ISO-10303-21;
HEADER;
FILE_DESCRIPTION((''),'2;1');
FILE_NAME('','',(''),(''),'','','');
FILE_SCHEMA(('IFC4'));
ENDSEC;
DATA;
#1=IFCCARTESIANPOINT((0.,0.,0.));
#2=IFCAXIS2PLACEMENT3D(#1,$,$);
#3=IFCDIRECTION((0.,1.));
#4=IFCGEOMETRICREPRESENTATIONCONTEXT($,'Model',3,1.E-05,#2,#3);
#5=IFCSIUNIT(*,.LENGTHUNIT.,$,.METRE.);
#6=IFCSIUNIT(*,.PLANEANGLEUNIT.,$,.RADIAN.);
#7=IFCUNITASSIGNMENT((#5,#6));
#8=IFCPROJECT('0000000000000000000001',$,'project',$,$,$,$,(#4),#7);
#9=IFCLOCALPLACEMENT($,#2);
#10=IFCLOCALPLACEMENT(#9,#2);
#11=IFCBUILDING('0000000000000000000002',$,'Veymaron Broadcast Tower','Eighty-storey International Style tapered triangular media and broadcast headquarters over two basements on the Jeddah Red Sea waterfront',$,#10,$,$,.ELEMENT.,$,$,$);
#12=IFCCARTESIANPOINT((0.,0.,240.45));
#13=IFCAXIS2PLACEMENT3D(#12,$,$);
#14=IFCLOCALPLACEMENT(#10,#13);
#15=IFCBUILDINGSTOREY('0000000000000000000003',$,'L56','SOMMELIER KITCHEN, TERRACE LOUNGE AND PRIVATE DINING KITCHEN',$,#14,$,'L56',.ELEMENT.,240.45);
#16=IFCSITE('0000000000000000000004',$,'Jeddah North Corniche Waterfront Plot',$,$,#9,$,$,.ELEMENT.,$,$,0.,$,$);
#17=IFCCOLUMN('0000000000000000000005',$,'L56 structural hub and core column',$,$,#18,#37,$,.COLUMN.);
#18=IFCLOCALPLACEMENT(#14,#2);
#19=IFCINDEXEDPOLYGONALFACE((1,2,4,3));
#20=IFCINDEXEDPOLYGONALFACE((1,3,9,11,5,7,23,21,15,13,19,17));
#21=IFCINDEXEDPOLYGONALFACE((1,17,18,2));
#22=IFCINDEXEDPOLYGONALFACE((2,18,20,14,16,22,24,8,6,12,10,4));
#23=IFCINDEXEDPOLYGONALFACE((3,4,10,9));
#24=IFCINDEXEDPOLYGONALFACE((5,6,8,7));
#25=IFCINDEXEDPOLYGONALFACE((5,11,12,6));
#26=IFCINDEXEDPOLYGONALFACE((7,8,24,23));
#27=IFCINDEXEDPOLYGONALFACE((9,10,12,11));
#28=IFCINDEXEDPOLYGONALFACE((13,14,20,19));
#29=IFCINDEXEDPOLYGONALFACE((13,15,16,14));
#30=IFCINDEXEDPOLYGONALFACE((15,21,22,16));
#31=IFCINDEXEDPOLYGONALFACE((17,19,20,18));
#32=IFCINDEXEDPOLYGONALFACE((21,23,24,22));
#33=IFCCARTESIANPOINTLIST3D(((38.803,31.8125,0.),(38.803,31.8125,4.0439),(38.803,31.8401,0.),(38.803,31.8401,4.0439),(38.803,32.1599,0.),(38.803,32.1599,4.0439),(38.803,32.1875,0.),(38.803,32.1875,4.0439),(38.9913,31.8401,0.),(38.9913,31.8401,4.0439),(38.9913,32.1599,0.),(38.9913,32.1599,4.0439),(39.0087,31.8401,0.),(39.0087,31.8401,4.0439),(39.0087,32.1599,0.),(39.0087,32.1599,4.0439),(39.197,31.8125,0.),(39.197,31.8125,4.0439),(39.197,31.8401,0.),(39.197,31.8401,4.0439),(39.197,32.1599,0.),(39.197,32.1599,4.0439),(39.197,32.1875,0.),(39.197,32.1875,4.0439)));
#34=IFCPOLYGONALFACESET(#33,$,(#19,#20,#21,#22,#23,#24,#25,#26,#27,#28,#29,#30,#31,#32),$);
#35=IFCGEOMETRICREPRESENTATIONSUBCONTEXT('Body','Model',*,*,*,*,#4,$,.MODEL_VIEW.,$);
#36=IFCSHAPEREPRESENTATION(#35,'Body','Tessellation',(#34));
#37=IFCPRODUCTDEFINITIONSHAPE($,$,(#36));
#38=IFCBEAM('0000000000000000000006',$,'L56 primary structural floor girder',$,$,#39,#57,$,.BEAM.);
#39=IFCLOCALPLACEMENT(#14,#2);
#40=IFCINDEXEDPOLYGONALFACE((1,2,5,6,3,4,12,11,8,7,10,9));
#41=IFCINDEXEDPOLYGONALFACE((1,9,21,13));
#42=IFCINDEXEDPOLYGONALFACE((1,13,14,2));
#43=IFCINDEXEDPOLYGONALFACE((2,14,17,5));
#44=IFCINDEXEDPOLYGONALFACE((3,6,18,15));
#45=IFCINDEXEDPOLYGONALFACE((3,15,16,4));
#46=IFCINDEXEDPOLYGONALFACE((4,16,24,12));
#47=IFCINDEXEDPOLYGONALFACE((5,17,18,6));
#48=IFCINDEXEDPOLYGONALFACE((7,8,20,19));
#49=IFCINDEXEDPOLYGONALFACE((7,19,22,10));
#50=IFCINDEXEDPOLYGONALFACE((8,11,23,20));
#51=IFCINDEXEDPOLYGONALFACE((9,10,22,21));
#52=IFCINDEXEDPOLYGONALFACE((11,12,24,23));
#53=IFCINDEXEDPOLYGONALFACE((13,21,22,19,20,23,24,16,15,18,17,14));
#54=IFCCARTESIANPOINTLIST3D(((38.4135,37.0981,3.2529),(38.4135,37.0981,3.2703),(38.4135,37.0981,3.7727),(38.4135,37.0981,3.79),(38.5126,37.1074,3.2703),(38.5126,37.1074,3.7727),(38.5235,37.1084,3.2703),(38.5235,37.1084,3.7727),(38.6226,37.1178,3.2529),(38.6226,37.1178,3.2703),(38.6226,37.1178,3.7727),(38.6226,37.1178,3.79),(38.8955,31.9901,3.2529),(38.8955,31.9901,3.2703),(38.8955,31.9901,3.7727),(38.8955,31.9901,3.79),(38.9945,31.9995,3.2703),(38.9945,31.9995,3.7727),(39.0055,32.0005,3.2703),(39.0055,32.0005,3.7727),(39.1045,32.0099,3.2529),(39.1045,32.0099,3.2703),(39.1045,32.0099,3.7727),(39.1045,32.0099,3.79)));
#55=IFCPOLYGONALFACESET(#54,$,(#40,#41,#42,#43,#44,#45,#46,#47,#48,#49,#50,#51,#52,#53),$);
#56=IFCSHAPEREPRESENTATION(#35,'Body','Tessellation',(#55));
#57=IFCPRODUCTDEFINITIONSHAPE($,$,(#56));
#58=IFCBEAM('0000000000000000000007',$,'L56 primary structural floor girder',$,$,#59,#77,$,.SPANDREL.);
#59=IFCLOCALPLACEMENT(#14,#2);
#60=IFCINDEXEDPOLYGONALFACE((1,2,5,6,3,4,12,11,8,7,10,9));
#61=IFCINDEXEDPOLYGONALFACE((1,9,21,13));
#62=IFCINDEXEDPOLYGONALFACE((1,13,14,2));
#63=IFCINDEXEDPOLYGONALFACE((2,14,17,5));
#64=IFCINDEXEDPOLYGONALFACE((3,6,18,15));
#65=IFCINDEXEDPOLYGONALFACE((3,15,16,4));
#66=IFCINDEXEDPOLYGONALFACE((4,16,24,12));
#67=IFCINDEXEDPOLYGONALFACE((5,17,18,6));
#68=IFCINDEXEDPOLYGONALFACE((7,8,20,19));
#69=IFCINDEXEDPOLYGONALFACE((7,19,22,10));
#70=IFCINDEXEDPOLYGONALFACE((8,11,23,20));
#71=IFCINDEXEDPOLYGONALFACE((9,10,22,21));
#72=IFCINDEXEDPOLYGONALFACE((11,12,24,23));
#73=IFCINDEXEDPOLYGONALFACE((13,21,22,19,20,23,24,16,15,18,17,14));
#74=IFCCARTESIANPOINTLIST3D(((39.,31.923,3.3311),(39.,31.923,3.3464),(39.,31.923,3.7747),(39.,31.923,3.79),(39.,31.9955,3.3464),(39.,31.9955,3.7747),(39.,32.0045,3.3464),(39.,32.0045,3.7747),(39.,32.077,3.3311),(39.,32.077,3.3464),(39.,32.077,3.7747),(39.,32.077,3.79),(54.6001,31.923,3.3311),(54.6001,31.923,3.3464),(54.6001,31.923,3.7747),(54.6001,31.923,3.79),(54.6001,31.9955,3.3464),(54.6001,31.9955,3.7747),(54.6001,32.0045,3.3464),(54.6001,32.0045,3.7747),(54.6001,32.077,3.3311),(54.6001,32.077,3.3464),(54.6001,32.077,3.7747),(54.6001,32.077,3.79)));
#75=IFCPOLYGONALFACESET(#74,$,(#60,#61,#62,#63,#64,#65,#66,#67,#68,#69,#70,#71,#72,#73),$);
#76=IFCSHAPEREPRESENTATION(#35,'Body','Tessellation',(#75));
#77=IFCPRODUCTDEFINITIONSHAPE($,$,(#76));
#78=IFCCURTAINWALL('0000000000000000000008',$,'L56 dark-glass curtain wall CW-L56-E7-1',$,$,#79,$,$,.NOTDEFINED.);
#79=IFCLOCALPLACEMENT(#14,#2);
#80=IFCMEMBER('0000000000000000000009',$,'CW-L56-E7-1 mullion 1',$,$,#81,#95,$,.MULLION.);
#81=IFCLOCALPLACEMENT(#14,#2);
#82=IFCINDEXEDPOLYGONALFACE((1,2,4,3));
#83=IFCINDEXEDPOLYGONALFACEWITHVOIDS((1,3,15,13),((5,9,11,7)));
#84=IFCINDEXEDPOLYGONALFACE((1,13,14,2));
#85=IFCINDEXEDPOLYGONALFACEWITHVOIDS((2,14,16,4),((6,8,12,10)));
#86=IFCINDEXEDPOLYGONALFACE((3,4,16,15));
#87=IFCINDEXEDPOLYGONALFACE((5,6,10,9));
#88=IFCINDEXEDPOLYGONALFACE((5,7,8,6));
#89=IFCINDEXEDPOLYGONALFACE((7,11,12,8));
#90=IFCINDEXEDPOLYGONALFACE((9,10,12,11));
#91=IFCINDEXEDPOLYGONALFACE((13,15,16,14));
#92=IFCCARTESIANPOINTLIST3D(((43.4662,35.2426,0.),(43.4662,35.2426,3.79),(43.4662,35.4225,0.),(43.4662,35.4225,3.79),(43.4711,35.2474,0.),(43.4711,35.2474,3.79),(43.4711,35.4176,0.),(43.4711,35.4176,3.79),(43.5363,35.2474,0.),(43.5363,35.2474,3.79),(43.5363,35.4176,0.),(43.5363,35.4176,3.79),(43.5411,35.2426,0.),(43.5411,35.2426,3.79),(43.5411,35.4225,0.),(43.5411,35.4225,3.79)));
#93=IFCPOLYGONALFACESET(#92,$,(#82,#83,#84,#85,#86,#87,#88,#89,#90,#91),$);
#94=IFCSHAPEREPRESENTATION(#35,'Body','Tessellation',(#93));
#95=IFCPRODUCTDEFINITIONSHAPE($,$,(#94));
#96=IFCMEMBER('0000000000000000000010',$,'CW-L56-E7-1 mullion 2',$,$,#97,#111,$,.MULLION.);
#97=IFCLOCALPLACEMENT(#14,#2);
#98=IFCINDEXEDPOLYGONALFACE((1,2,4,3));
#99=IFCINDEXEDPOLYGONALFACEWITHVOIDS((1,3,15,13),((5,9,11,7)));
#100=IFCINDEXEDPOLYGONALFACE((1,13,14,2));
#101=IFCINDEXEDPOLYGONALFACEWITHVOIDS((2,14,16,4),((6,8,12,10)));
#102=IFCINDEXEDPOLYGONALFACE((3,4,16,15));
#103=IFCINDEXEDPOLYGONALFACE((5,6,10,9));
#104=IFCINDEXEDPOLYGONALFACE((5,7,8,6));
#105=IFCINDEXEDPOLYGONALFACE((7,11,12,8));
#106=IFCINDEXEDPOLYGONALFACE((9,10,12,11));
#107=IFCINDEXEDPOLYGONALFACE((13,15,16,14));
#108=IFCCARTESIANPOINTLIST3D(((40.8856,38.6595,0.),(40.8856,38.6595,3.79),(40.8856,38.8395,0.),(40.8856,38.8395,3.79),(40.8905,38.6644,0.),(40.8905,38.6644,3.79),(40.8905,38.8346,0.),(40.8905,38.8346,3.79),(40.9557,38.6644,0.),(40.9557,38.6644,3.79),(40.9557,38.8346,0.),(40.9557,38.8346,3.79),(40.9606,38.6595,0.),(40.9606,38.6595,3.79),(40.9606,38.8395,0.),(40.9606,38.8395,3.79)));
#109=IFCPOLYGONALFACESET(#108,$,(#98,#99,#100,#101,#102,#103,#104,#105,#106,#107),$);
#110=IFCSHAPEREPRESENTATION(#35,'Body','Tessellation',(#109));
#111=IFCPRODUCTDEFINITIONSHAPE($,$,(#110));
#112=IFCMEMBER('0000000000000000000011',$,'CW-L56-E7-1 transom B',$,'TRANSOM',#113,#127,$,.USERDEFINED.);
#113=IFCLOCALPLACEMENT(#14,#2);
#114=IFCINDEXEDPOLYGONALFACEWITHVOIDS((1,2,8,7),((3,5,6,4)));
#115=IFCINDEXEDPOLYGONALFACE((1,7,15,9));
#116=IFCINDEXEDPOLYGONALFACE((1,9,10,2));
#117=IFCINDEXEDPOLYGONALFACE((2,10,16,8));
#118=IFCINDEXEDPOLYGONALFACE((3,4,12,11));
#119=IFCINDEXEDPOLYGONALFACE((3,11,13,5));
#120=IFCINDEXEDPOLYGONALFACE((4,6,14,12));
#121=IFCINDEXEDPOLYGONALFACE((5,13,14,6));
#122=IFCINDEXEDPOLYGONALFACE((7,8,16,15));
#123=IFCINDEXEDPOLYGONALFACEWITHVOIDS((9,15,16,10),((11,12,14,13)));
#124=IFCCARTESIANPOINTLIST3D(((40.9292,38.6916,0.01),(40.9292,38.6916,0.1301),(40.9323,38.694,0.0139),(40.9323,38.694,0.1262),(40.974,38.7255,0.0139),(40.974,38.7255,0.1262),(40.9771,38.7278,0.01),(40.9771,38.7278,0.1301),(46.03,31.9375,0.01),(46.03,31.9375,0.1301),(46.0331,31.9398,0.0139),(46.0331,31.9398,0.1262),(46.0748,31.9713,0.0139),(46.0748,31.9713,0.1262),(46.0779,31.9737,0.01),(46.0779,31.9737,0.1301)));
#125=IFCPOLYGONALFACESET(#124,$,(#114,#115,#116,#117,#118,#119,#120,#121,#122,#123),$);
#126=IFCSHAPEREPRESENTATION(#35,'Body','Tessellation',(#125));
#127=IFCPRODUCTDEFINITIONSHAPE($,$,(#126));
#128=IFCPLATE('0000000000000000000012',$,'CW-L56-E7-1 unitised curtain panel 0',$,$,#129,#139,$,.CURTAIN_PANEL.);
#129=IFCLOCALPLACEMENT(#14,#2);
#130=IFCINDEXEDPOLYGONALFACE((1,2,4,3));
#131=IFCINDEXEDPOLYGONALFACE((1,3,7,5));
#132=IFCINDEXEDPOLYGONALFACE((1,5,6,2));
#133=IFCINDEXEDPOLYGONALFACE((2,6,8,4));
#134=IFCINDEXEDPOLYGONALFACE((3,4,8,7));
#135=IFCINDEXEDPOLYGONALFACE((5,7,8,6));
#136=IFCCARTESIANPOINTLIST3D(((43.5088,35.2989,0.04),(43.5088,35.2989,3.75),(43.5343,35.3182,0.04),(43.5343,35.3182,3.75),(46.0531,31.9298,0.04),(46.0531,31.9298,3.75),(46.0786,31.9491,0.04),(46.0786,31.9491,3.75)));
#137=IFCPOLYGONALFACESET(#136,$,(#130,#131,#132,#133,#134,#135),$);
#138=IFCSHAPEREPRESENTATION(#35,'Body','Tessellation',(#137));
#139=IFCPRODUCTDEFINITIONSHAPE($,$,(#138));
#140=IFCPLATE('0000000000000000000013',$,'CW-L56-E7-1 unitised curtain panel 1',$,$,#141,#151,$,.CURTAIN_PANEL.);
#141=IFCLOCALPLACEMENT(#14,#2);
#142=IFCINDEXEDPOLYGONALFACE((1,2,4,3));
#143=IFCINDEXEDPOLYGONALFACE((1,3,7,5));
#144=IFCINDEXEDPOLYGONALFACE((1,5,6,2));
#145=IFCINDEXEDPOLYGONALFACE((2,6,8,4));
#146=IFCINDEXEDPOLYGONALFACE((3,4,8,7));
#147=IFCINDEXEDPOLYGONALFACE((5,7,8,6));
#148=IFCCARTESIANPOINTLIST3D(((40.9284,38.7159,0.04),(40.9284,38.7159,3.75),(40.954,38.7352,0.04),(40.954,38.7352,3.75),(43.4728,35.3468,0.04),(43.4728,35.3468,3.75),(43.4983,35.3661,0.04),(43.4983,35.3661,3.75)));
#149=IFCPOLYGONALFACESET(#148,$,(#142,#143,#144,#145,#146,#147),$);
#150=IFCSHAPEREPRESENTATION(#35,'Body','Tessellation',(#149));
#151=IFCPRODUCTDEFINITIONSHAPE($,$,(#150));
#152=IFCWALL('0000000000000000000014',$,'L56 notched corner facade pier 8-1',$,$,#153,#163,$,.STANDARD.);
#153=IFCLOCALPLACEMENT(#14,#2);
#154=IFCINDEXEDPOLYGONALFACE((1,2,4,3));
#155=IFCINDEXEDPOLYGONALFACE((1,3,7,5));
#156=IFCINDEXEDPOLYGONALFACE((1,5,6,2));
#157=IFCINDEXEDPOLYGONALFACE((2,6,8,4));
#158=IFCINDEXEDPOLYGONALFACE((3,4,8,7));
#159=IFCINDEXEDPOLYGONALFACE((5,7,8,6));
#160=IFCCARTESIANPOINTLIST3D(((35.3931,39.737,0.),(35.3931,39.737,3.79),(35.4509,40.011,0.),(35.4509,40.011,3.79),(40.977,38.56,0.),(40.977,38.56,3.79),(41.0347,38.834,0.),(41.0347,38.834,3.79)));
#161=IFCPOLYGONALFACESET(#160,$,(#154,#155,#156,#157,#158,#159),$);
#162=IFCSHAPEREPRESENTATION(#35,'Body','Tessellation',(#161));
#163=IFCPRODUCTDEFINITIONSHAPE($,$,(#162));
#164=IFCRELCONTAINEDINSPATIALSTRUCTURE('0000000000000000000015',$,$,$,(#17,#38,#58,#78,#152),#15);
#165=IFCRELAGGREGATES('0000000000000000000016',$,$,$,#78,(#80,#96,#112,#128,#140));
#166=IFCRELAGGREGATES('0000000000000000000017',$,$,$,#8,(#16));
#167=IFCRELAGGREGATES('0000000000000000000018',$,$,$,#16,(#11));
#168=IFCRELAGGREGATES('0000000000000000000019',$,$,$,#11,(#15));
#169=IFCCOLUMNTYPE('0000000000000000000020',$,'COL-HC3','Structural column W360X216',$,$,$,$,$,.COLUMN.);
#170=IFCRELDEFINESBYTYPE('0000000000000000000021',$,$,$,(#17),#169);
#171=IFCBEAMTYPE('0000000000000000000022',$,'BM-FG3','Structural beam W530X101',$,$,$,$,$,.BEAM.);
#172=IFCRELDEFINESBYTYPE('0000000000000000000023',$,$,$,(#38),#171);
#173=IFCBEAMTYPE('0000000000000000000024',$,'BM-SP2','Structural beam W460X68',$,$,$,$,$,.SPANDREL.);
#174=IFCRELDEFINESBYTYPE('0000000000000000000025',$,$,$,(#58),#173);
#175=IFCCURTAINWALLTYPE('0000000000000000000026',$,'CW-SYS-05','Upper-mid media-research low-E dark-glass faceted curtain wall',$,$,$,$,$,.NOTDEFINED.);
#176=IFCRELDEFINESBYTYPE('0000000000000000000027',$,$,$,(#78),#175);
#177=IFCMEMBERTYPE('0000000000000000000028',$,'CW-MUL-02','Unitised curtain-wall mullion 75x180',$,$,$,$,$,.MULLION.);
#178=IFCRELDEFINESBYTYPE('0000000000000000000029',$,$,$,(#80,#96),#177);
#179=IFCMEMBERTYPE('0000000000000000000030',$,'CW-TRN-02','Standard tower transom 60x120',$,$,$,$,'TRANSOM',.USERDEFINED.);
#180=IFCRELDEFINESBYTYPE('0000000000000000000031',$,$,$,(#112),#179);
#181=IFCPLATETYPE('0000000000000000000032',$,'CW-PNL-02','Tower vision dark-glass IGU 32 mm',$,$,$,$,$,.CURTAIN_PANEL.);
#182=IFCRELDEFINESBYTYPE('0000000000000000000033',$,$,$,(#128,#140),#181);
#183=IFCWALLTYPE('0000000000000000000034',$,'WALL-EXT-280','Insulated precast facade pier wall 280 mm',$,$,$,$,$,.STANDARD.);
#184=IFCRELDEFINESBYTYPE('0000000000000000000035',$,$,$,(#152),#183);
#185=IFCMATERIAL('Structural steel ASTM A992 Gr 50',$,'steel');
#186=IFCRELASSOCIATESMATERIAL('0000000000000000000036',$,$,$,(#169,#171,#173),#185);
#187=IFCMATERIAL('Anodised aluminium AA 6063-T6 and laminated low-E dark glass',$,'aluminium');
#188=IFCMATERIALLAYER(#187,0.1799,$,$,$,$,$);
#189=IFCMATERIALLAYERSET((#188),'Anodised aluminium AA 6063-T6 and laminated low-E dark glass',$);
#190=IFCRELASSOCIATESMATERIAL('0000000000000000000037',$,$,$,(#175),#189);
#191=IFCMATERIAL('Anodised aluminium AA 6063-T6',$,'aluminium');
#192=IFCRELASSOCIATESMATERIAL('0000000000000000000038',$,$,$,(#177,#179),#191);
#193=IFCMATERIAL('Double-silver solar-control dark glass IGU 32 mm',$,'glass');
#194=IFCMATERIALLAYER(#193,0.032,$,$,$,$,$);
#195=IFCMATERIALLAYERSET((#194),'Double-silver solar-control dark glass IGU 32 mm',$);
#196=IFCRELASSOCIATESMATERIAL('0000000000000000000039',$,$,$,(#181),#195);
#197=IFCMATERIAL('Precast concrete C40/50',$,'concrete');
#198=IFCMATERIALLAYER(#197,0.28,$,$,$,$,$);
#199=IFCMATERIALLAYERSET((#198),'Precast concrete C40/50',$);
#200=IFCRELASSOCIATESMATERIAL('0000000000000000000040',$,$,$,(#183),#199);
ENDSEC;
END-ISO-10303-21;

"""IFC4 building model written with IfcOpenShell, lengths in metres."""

from ifc_helpers import new_model, si_unit, direction, frame, frame_2d, origin, origin_2d, place, context, subcontext, project, spatial, rectangle, hollow_rectangle, i_section, extrude, material, layer, layer_set, material_profile, profile_set, type_object, element, aggregate, save


model = new_model("IFC4")

# Units and contexts
model_context = context("Model", 3, precision=1e-05, world=origin(), true_north=direction((0.0, 1.0)))
body_context = subcontext(model_context, "Body", "Model", "MODEL_VIEW")
ifc_project = project(units=[si_unit("LENGTHUNIT", "METRE"), si_unit("PLANEANGLEUNIT", "RADIAN")], contexts=[model_context])

# Site, building, storey
site_placement = place(None, origin())
site = spatial("IfcSite", under=ifc_project, at=site_placement, Name="Jeddah North Corniche Waterfront Plot", CompositionType="ELEMENT", RefElevation=0.0)
building_placement = place(site_placement, origin())
building = spatial("IfcBuilding", under=site, at=building_placement, Name="Veymaron Broadcast Tower", Description="Eighty-storey International Style tapered triangular media and broadcast headquarters over two basements on the Jeddah Red Sea waterfront", CompositionType="ELEMENT")
storey_placement = place(building_placement, frame((0.0, 0.0, 240.45)))
storey = spatial("IfcBuildingStorey", under=building, at=storey_placement, Name="L56", Description="SOMMELIER KITCHEN, TERRACE LOUNGE AND PRIVATE DINING KITCHEN", LongName="L56", CompositionType="ELEMENT", Elevation=240.45)

# Column
ifc_material_1 = material(Name="Structural steel ASTM A992 Gr 50", Category="steel")
ifc_material_profile_1 = material_profile(ifc_material_1, i_section(OverallWidth=0.394, OverallDepth=0.375, WebThickness=0.0173, FlangeThickness=0.0276, at=origin_2d()), Name="W360X216")
ifc_profile_set_1 = profile_set([ifc_material_profile_1], Name="Structural steel ASTM A992 Gr 50")
column_type = type_object("IfcColumnType", Name="COL-HC3", Description="Structural column W360X216", PredefinedType="COLUMN", material=ifc_profile_set_1)
column_placement = place(storey_placement, frame((39.0, 32.0, 0.0), z_axis=(0.0, 0.0, 1.0), x_axis=(1.0, 0.0, 0.0)))
element("IfcColumn", 1, at=column_placement, inside=storey, type_object=column_type, Name="L56 structural hub and core column", PredefinedType="COLUMN", context=body_context, shape_type="SweptSolid", body=[
    extrude(i_section(OverallWidth=0.394, OverallDepth=0.375, WebThickness=0.0173, FlangeThickness=0.0276, at=origin_2d()), origin(), (0.0, 0.0, 1.0), 4.0439),
])

# Beams
ifc_material_profile_2 = material_profile(ifc_material_1, i_section(OverallWidth=0.21, OverallDepth=0.5371, WebThickness=0.011, FlangeThickness=0.0173, at=origin_2d()), Name="W530X101")
ifc_profile_set_2 = profile_set([ifc_material_profile_2], Name="Structural steel ASTM A992 Gr 50")
beam_type_1 = type_object("IfcBeamType", Name="BM-FG3", Description="Structural beam W530X101", PredefinedType="BEAM", material=ifc_profile_set_2)
beam_1_placement = place(storey_placement, frame((39.0, 32.0, 3.5215), z_axis=(-0.093933, 0.995578, 0.0), x_axis=(-0.995578, -0.093933, 0.0)))
element("IfcBeam", 2, at=beam_1_placement, inside=storey, type_object=beam_type_1, Name="L56 primary structural floor girder", PredefinedType="BEAM", context=body_context, shape_type="SweptSolid", body=[
    extrude(i_section(OverallWidth=0.21, OverallDepth=0.5371, WebThickness=0.011, FlangeThickness=0.0173, at=origin_2d()), origin(), (0.0, 0.0, 1.0), 5.1306),
])
ifc_material_profile_3 = material_profile(ifc_material_1, i_section(OverallWidth=0.1541, OverallDepth=0.459, WebThickness=0.009, FlangeThickness=0.0154, at=origin_2d()), Name="W460X68")
ifc_profile_set_3 = profile_set([ifc_material_profile_3], Name="Structural steel ASTM A992 Gr 50")
beam_type_2 = type_object("IfcBeamType", Name="BM-SP2", Description="Structural beam W460X68", PredefinedType="SPANDREL", material=ifc_profile_set_3)
beam_2_placement = place(storey_placement, frame((39.0, 32.0, 3.5605), z_axis=(1.0, 0.0, 0.0), x_axis=(0.0, 1.0, 0.0)))
element("IfcBeam", 3, at=beam_2_placement, inside=storey, type_object=beam_type_2, Name="L56 primary structural floor girder", PredefinedType="SPANDREL", context=body_context, shape_type="SweptSolid", body=[
    extrude(i_section(OverallWidth=0.1541, OverallDepth=0.459, WebThickness=0.009, FlangeThickness=0.0154, at=origin_2d()), origin(), (0.0, 0.0, 1.0), 15.6001),
])

# Curtain wall, members, plates
ifc_material_2 = material(Name="Anodised aluminium AA 6063-T6 and laminated low-E dark glass", Category="aluminium")
ifc_layer_1 = layer(ifc_material_2, 0.1799)
ifc_layer_set_1 = layer_set([ifc_layer_1], Name="Anodised aluminium AA 6063-T6 and laminated low-E dark glass")
curtain_wall_type = type_object("IfcCurtainWallType", Name="CW-SYS-05", Description="Upper-mid media-research low-E dark-glass faceted curtain wall", PredefinedType="NOTDEFINED", material=ifc_layer_set_1)
curtain_wall_placement = place(storey_placement, origin())
curtain_wall = element("IfcCurtainWall", 4, at=curtain_wall_placement, inside=storey, type_object=curtain_wall_type, Name="L56 dark-glass curtain wall CW-L56-E7-1", PredefinedType="NOTDEFINED")
ifc_material_3 = material(Name="Anodised aluminium AA 6063-T6", Category="aluminium")
ifc_material_profile_4 = material_profile(ifc_material_3, hollow_rectangle(XDim=0.075, YDim=0.1799, WallThickness=0.0049, at=origin_2d()), Name="AL180X75X5")
ifc_profile_set_4 = profile_set([ifc_material_profile_4], Name="Anodised aluminium AA 6063-T6")
member_type_1 = type_object("IfcMemberType", Name="CW-MUL-02", Description="Unitised curtain-wall mullion 75x180", PredefinedType="MULLION", material=ifc_profile_set_4)
member_1_placement = place(storey_placement, frame((43.5037, 35.3325, 0.0), z_axis=(0.0, 0.0, 1.0), x_axis=(1.0, 0.0, 0.0)))
member_1 = element("IfcMember", 5, at=member_1_placement, type_object=member_type_1, Name="CW-L56-E7-1 mullion 1", PredefinedType="MULLION", context=body_context, shape_type="SweptSolid", body=[
    extrude(hollow_rectangle(XDim=0.075, YDim=0.1799, WallThickness=0.0049, at=origin_2d()), origin(), (0.0, 0.0, 1.0), 3.79),
])
member_2_placement = place(storey_placement, frame((40.9231, 38.7495, 0.0), z_axis=(0.0, 0.0, 1.0), x_axis=(1.0, 0.0, 0.0)))
member_2 = element("IfcMember", 6, at=member_2_placement, type_object=member_type_1, Name="CW-L56-E7-1 mullion 2", PredefinedType="MULLION", context=body_context, shape_type="SweptSolid", body=[
    extrude(hollow_rectangle(XDim=0.075, YDim=0.1799, WallThickness=0.0049, at=origin_2d()), origin(), (0.0, 0.0, 1.0), 3.79),
])
ifc_material_profile_5 = material_profile(ifc_material_3, hollow_rectangle(XDim=0.0601, YDim=0.1201, WallThickness=0.0039, at=origin_2d()), Name="AL120X60X4")
ifc_profile_set_5 = profile_set([ifc_material_profile_5], Name="Anodised aluminium AA 6063-T6")
member_type_2 = type_object("IfcMemberType", Name="CW-TRN-02", Description="Standard tower transom 60x120", ElementType="TRANSOM", PredefinedType="USERDEFINED", material=ifc_profile_set_5)
member_3_placement = place(storey_placement, frame((46.054, 31.9556, 0.0701), z_axis=(-0.60266, 0.797998, 0.0), x_axis=(-0.797998, -0.60266, 0.0)))
member_3 = element("IfcMember", 7, at=member_3_placement, type_object=member_type_2, Name="CW-L56-E7-1 transom B", ObjectType="TRANSOM", PredefinedType="USERDEFINED", context=body_context, shape_type="SweptSolid", body=[
    extrude(hollow_rectangle(XDim=0.0601, YDim=0.1201, WallThickness=0.0039, at=origin_2d()), origin(), (0.0, 0.0, 1.0), 8.4639),
])
ifc_material_4 = material(Name="Double-silver solar-control dark glass IGU 32 mm", Category="glass")
ifc_layer_2 = layer(ifc_material_4, 0.032)
ifc_layer_set_2 = layer_set([ifc_layer_2], Name="Double-silver solar-control dark glass IGU 32 mm")
plate_type = type_object("IfcPlateType", Name="CW-PNL-02", Description="Tower vision dark-glass IGU 32 mm", PredefinedType="CURTAIN_PANEL", material=ifc_layer_set_2)
plate_1_placement = place(storey_placement, frame((44.7937, 33.624, 0.04), z_axis=(0.0, 0.0, 1.0), x_axis=(-0.602651, 0.798005, 0.0)))
plate_1 = element("IfcPlate", 8, at=plate_1_placement, type_object=plate_type, Name="CW-L56-E7-1 unitised curtain panel 0", PredefinedType="CURTAIN_PANEL", context=body_context, shape_type="SweptSolid", body=[
    extrude(rectangle(XDim=4.2219, YDim=0.032, at=origin_2d()), origin(), (0.0, 0.0, 1.0), 3.71),
])
plate_2_placement = place(storey_placement, frame((42.2134, 37.041, 0.04), z_axis=(0.0, 0.0, 1.0), x_axis=(-0.602651, 0.798005, 0.0)))
plate_2 = element("IfcPlate", 9, at=plate_2_placement, type_object=plate_type, Name="CW-L56-E7-1 unitised curtain panel 1", PredefinedType="CURTAIN_PANEL", context=body_context, shape_type="SweptSolid", body=[
    extrude(rectangle(XDim=4.2219, YDim=0.032, at=origin_2d()), origin(), (0.0, 0.0, 1.0), 3.71),
])
aggregate(curtain_wall, [member_1, member_2, member_3, plate_1, plate_2])

# Wall
ifc_material_5 = material(Name="Precast concrete C40/50", Category="concrete")
ifc_layer_3 = layer(ifc_material_5, 0.28)
ifc_layer_set_3 = layer_set([ifc_layer_3], Name="Precast concrete C40/50")
wall_type_1 = type_object("IfcWallType", Name="WALL-EXT-280", Description="Insulated precast facade pier wall 280 mm", PredefinedType="STANDARD", material=ifc_layer_set_3)
wall_1_placement = place(storey_placement, frame((41.0059, 38.697, 0.0), z_axis=(0.0, 0.0, 1.0), x_axis=(-0.978498, 0.206258, 0.0)))
element("IfcWall", 10, at=wall_1_placement, inside=storey, type_object=wall_type_1, Name="L56 notched corner facade pier 8-1", PredefinedType="STANDARD", context=body_context, shape_type="SweptSolid", body=[
    extrude(rectangle(XDim=5.7065, YDim=0.28, at=frame_2d((2.8533, 0.0))), origin(), (0.0, 0.0, 1.0), 3.79),
])

save(model, "model.ifc")
